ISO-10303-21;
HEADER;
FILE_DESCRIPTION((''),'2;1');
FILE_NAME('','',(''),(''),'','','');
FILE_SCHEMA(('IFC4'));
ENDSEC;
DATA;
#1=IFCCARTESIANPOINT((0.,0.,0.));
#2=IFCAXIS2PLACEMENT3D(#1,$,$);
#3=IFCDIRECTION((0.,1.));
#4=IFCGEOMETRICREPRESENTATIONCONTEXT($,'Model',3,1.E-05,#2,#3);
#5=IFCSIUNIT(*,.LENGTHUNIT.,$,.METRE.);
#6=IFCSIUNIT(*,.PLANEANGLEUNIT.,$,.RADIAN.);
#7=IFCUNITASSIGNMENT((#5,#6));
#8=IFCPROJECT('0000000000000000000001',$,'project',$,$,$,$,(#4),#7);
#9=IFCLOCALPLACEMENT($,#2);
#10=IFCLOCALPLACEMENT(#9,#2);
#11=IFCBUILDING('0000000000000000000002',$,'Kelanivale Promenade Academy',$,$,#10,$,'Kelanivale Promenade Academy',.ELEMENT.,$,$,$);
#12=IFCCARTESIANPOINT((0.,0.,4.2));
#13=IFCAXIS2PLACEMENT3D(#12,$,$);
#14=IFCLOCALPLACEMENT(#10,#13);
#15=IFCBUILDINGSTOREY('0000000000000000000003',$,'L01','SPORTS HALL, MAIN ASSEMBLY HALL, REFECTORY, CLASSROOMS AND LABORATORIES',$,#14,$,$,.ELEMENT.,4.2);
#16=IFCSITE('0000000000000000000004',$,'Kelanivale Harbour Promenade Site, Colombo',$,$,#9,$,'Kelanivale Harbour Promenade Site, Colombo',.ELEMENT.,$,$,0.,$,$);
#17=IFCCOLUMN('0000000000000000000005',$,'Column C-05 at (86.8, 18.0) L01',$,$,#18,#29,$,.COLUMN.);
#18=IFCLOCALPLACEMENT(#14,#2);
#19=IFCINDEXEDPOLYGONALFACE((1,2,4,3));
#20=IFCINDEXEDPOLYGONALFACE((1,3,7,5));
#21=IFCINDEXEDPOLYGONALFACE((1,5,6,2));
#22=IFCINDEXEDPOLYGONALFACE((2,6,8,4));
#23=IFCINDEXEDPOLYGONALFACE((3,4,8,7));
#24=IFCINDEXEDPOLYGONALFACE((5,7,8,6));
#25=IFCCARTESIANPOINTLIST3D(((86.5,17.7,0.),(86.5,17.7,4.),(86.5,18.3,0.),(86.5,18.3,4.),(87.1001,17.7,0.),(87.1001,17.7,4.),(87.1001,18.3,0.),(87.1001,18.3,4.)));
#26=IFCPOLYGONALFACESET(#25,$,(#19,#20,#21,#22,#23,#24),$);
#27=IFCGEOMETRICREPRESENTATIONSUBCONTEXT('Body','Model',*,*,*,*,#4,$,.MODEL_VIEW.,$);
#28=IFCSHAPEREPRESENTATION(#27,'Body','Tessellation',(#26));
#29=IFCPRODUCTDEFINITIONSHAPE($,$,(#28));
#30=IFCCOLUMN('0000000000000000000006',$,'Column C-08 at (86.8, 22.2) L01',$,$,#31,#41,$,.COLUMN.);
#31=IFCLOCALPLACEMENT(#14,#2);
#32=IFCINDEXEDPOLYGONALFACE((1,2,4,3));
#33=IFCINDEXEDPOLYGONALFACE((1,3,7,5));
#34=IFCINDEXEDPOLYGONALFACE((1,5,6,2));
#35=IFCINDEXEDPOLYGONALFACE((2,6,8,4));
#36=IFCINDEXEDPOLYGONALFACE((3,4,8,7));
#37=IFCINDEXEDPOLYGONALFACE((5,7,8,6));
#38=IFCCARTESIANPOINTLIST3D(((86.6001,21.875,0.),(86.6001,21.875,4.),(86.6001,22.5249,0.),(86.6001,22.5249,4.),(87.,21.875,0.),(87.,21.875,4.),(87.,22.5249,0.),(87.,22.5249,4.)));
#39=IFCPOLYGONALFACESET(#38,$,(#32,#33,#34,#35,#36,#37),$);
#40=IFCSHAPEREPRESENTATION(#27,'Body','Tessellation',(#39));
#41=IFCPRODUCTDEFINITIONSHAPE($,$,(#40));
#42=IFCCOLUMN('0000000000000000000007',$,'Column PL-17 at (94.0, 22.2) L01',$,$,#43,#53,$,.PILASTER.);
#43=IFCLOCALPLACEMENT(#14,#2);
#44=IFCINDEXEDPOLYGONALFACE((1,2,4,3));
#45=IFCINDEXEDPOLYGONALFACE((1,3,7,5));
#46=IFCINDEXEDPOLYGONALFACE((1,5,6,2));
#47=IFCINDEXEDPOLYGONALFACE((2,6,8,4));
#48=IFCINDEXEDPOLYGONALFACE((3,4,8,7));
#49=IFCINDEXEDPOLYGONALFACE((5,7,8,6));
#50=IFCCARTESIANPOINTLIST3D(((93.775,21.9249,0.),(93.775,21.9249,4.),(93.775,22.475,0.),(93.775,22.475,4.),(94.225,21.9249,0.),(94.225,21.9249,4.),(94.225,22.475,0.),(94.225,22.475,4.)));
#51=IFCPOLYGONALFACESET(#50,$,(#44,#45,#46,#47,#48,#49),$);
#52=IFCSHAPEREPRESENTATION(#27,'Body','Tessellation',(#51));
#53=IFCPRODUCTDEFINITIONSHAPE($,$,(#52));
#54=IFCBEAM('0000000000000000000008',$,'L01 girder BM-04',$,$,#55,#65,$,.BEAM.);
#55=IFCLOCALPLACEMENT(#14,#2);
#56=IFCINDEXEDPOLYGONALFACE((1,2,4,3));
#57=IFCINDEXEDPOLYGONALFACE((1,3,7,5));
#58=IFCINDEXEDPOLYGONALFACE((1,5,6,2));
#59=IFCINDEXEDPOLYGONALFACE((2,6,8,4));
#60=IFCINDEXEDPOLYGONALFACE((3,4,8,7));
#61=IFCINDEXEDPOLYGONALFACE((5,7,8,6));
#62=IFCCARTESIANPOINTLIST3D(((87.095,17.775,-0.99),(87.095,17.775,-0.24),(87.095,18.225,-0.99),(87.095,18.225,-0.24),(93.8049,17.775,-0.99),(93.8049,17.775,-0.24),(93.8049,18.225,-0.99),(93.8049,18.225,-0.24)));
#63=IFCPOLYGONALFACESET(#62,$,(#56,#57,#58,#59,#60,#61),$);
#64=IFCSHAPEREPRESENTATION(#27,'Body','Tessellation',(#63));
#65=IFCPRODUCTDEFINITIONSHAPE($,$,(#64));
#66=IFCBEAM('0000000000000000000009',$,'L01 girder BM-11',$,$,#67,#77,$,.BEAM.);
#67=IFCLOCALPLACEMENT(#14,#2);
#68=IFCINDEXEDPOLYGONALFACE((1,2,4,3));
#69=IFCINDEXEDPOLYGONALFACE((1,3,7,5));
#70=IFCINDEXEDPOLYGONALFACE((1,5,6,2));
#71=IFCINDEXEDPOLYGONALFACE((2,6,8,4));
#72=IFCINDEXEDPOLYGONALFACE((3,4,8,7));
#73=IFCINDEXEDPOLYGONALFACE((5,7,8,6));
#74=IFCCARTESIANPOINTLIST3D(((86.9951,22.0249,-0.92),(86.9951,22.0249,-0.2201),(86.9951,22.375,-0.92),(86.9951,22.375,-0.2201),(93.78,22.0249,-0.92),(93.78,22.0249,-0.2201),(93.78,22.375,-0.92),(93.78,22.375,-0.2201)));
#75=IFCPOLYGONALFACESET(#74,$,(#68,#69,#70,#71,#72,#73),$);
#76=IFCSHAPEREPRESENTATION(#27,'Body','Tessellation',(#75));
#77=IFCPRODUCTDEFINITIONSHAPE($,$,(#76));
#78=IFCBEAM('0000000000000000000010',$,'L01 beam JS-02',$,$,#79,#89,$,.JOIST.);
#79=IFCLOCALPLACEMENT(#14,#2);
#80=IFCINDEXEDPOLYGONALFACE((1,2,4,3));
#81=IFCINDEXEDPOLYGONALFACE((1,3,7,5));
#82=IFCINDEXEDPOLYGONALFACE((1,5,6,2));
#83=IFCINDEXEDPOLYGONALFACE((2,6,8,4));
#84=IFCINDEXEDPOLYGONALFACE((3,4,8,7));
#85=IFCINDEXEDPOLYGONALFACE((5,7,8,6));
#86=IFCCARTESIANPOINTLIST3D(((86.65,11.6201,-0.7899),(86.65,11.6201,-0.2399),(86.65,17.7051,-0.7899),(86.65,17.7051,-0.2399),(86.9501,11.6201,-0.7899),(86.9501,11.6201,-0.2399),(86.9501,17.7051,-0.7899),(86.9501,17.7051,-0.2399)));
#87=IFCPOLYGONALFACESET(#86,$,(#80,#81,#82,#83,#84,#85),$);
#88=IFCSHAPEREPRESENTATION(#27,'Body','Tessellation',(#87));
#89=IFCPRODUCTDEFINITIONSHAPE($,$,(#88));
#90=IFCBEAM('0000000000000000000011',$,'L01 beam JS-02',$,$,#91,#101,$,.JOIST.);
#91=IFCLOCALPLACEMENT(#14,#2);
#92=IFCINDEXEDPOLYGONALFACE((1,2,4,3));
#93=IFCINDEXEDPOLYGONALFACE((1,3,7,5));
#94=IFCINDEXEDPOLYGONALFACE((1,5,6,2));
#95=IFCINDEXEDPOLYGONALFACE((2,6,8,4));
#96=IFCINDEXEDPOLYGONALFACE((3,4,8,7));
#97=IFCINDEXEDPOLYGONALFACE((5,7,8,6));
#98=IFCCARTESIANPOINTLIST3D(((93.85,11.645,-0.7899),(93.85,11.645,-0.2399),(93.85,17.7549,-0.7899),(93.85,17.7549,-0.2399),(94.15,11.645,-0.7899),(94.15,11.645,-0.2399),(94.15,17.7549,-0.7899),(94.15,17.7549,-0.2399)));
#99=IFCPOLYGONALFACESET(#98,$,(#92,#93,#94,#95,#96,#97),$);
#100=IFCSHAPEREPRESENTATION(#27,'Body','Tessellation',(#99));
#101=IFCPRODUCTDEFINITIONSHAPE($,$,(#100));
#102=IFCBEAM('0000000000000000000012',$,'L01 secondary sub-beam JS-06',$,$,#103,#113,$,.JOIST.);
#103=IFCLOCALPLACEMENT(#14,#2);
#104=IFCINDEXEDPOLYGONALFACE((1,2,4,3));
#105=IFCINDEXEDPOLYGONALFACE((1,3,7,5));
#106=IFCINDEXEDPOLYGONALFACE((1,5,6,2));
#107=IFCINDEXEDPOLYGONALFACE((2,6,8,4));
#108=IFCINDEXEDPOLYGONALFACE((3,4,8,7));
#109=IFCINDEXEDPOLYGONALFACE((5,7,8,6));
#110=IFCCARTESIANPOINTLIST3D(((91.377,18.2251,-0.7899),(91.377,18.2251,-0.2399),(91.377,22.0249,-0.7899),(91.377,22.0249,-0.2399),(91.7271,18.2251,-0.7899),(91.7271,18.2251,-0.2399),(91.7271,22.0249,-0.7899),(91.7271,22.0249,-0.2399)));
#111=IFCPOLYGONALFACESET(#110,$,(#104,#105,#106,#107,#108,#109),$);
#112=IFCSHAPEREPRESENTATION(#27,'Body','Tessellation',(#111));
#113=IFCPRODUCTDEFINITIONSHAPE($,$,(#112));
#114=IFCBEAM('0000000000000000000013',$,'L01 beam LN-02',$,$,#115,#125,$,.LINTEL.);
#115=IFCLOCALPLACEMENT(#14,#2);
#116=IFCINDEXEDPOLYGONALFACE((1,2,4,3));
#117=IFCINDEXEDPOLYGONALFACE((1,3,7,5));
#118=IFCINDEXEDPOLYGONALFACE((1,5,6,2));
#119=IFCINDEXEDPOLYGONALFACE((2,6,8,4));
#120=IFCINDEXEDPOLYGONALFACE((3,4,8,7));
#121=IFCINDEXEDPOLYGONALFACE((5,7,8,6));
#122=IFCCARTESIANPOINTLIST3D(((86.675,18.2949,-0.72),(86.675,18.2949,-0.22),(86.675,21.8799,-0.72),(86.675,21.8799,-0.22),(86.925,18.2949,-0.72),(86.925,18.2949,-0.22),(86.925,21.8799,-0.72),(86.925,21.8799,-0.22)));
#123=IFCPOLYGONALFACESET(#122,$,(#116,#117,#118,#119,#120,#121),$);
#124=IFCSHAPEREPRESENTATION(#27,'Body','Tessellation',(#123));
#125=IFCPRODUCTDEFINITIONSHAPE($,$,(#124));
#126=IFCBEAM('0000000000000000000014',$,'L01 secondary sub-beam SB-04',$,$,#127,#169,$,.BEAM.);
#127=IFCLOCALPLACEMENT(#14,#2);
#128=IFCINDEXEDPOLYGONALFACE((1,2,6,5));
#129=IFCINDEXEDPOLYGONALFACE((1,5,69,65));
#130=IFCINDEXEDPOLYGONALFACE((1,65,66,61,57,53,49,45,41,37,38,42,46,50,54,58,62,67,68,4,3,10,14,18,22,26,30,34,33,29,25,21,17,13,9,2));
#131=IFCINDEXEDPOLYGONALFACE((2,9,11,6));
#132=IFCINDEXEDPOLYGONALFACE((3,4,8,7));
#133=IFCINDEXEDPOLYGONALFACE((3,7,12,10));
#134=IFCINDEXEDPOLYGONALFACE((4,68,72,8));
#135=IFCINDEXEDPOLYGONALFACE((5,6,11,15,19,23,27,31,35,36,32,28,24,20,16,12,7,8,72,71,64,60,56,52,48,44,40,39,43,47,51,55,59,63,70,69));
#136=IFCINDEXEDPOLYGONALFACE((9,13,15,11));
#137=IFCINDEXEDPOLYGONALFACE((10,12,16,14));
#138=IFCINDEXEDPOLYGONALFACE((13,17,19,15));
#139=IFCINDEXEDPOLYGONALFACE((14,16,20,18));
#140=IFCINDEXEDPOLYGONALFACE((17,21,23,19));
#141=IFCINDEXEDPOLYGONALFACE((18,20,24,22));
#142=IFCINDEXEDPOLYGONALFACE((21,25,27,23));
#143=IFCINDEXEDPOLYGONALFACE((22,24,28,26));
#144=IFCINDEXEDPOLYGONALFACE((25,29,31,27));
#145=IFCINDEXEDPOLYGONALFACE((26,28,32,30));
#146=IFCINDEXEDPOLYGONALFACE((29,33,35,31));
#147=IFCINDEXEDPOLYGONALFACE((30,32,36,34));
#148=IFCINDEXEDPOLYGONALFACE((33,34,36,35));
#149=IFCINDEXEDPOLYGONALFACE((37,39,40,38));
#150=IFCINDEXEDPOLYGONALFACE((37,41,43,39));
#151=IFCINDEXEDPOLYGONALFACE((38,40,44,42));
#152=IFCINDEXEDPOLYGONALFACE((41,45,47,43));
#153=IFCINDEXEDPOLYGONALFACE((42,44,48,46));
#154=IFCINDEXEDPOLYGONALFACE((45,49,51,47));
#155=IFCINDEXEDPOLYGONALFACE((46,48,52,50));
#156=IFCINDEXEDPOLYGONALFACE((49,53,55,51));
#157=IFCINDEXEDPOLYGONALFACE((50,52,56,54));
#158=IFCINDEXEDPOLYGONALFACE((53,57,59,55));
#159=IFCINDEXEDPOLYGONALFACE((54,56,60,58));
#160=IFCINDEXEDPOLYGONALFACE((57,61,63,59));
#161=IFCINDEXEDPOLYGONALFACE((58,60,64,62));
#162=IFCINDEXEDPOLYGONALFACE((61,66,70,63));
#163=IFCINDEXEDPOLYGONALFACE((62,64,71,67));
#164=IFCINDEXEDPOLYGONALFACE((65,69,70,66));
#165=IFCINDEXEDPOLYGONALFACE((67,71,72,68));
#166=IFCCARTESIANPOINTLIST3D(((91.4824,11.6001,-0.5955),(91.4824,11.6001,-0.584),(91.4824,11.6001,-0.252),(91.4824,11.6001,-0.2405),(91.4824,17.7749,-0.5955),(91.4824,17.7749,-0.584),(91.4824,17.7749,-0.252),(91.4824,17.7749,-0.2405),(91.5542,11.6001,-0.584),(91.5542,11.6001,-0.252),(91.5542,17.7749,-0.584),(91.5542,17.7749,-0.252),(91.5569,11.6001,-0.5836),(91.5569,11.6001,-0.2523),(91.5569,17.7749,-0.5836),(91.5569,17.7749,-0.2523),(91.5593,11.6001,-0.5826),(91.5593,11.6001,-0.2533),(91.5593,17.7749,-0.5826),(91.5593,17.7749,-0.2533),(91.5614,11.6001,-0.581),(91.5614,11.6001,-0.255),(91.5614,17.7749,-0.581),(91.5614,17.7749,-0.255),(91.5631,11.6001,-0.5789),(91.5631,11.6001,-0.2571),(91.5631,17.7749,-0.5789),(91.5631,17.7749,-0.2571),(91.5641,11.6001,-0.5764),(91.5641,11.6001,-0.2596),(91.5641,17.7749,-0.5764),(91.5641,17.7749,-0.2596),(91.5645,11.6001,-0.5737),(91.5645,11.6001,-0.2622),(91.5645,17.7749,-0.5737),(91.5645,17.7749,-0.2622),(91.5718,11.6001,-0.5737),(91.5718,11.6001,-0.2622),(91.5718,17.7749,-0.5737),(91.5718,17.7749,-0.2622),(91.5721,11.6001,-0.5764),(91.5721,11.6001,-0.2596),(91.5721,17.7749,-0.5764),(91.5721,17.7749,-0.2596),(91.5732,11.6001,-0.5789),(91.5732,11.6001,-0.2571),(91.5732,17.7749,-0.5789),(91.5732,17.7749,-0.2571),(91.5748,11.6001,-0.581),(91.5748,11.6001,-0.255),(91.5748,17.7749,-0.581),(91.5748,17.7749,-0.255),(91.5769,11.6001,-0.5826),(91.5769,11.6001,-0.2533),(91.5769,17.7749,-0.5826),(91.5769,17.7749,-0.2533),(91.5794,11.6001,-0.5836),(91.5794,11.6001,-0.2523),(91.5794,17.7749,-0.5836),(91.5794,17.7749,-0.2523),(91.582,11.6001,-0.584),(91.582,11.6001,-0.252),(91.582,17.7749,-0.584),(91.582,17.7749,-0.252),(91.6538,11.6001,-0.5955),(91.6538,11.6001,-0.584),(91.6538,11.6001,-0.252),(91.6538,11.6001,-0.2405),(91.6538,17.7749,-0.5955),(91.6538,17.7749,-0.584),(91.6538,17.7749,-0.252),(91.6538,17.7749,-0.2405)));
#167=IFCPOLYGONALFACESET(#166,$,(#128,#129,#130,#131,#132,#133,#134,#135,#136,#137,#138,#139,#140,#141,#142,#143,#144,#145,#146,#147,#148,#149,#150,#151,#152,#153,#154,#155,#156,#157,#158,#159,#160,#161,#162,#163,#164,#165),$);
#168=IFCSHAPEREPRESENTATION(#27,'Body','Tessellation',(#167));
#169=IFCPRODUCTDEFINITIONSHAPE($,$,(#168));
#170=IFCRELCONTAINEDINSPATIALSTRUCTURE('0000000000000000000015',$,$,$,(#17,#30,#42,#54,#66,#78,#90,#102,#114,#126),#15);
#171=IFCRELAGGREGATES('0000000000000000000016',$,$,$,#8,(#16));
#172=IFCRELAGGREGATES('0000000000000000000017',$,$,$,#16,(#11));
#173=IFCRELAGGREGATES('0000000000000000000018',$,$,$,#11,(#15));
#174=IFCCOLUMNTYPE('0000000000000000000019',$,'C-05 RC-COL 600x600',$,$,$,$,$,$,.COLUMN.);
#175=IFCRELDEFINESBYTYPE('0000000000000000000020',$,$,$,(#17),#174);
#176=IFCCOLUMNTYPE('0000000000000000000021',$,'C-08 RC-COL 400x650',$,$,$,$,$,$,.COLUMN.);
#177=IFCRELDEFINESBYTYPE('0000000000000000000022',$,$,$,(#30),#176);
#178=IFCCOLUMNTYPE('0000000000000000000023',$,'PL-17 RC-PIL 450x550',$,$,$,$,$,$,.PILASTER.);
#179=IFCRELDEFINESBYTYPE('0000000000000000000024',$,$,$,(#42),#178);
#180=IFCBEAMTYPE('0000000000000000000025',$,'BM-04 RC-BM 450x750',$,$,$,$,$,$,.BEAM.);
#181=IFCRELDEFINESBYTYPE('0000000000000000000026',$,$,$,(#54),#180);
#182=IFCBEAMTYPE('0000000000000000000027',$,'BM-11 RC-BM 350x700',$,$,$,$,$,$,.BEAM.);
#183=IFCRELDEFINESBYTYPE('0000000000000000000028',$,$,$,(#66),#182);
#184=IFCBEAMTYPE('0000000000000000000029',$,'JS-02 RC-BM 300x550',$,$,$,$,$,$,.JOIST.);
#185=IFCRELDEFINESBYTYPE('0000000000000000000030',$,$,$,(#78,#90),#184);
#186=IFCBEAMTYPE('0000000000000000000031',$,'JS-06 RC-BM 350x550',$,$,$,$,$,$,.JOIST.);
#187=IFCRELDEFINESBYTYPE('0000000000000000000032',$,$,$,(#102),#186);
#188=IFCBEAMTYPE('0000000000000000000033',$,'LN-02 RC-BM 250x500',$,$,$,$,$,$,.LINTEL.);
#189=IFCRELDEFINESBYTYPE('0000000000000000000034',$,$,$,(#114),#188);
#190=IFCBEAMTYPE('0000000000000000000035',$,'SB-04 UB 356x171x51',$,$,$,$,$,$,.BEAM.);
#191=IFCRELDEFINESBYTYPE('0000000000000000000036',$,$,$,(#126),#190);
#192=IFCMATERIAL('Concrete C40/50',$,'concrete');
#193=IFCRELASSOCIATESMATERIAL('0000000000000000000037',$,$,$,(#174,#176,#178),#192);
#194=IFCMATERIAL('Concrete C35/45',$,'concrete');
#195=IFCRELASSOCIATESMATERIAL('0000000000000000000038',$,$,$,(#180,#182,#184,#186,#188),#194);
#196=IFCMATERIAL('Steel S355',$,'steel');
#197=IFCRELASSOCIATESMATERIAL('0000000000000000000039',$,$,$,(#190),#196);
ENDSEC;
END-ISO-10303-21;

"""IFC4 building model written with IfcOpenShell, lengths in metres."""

from ifc_helpers import new_model, si_unit, direction, frame, origin, origin_2d, place, context, subcontext, project, spatial, rectangle, i_section, extrude, material, material_profile, profile_set, type_object, element, save


model = new_model("IFC4")

# Units and contexts
model_context = context("Model", 3, precision=1e-05, world=origin(), true_north=direction((0.0, 1.0)))
body_context = subcontext(model_context, "Body", "Model", "MODEL_VIEW")
ifc_project = project(units=[si_unit("LENGTHUNIT", "METRE"), si_unit("PLANEANGLEUNIT", "RADIAN")], contexts=[model_context])

# Site, building, storey
site_placement = place(None, origin())
site = spatial("IfcSite", under=ifc_project, at=site_placement, Name="Kelanivale Harbour Promenade Site, Colombo", LongName="Kelanivale Harbour Promenade Site, Colombo", CompositionType="ELEMENT", RefElevation=0.0)
building_placement = place(site_placement, origin())
building = spatial("IfcBuilding", under=site, at=building_placement, Name="Kelanivale Promenade Academy", LongName="Kelanivale Promenade Academy", CompositionType="ELEMENT")
storey_placement = place(building_placement, frame((0.0, 0.0, 4.2)))
storey = spatial("IfcBuildingStorey", under=building, at=storey_placement, Name="L01", Description="SPORTS HALL, MAIN ASSEMBLY HALL, REFECTORY, CLASSROOMS AND LABORATORIES", CompositionType="ELEMENT", Elevation=4.2)

# Columns
ifc_material_1 = material(Name="Concrete C40/50", Category="concrete")
ifc_material_profile_1 = material_profile(ifc_material_1, rectangle(XDim=0.6001, YDim=0.6001, at=origin_2d()), Name="RC-COL 600x600")
ifc_profile_set_1 = profile_set([ifc_material_profile_1], Name="Concrete C40/50")
column_type_1 = type_object("IfcColumnType", Name="C-05 RC-COL 600x600", PredefinedType="COLUMN", material=ifc_profile_set_1)
column_1_placement = place(storey_placement, frame((86.8, 18.0, 0.0), z_axis=(0.0, 0.0, 1.0), x_axis=(1.0, 0.0, 0.0)))
element("IfcColumn", 1, at=column_1_placement, inside=storey, type_object=column_type_1, Name="Column C-05 at (86.8, 18.0) L01", PredefinedType="COLUMN", context=body_context, shape_type="SweptSolid", body=[
    extrude(rectangle(XDim=0.6001, YDim=0.6001, at=origin_2d()), origin(), (0.0, 0.0, 1.0), 4.0),
])
ifc_material_profile_2 = material_profile(ifc_material_1, rectangle(XDim=0.3999, YDim=0.6499, at=origin_2d()), Name="RC-COL 400x650")
ifc_profile_set_2 = profile_set([ifc_material_profile_2], Name="Concrete C40/50")
column_type_2 = type_object("IfcColumnType", Name="C-08 RC-COL 400x650", PredefinedType="COLUMN", material=ifc_profile_set_2)
column_2_placement = place(storey_placement, frame((86.8, 22.2, 0.0), z_axis=(0.0, 0.0, 1.0), x_axis=(1.0, 0.0, 0.0)))
element("IfcColumn", 2, at=column_2_placement, inside=storey, type_object=column_type_2, Name="Column C-08 at (86.8, 22.2) L01", PredefinedType="COLUMN", context=body_context, shape_type="SweptSolid", body=[
    extrude(rectangle(XDim=0.3999, YDim=0.6499, at=origin_2d()), origin(), (0.0, 0.0, 1.0), 4.0),
])
ifc_material_profile_3 = material_profile(ifc_material_1, rectangle(XDim=0.45, YDim=0.55, at=origin_2d()), Name="RC-PIL 450x550")
ifc_profile_set_3 = profile_set([ifc_material_profile_3], Name="Concrete C40/50")
column_type_3 = type_object("IfcColumnType", Name="PL-17 RC-PIL 450x550", PredefinedType="PILASTER", material=ifc_profile_set_3)
column_3_placement = place(storey_placement, frame((94.0, 22.2, 0.0), z_axis=(0.0, 0.0, 1.0), x_axis=(1.0, 0.0, 0.0)))
element("IfcColumn", 3, at=column_3_placement, inside=storey, type_object=column_type_3, Name="Column PL-17 at (94.0, 22.2) L01", PredefinedType="PILASTER", context=body_context, shape_type="SweptSolid", body=[
    extrude(rectangle(XDim=0.45, YDim=0.55, at=origin_2d()), origin(), (0.0, 0.0, 1.0), 4.0),
])

# Beams
ifc_material_2 = material(Name="Concrete C35/45", Category="concrete")
ifc_material_profile_4 = material_profile(ifc_material_2, rectangle(XDim=0.45, YDim=0.75, at=origin_2d()), Name="RC-BM 450x750")
ifc_profile_set_4 = profile_set([ifc_material_profile_4], Name="Concrete C35/45")
beam_type_1 = type_object("IfcBeamType", Name="BM-04 RC-BM 450x750", PredefinedType="BEAM", material=ifc_profile_set_4)
beam_1_placement = place(storey_placement, frame((87.095, 18.0, -0.615), z_axis=(1.0, 0.0, 0.0), x_axis=(0.0, 1.0, 0.0)))
element("IfcBeam", 4, at=beam_1_placement, inside=storey, type_object=beam_type_1, Name="L01 girder BM-04", PredefinedType="BEAM", context=body_context, shape_type="SweptSolid", body=[
    extrude(rectangle(XDim=0.45, YDim=0.75, at=origin_2d()), origin(), (0.0, 0.0, 1.0), 6.71),
])
ifc_material_profile_5 = material_profile(ifc_material_2, rectangle(XDim=0.3501, YDim=0.7, at=origin_2d()), Name="RC-BM 350x700")
ifc_profile_set_5 = profile_set([ifc_material_profile_5], Name="Concrete C35/45")
beam_type_2 = type_object("IfcBeamType", Name="BM-11 RC-BM 350x700", PredefinedType="BEAM", material=ifc_profile_set_5)
beam_2_placement = place(storey_placement, frame((86.9951, 22.2, -0.5701), z_axis=(1.0, 0.0, 0.0), x_axis=(0.0, 1.0, 0.0)))
element("IfcBeam", 5, at=beam_2_placement, inside=storey, type_object=beam_type_2, Name="L01 girder BM-11", PredefinedType="BEAM", context=body_context, shape_type="SweptSolid", body=[
    extrude(rectangle(XDim=0.3501, YDim=0.7, at=origin_2d()), origin(), (0.0, 0.0, 1.0), 6.7849),
])
ifc_material_profile_6 = material_profile(ifc_material_2, rectangle(XDim=0.3, YDim=0.55, at=origin_2d()), Name="RC-BM 300x550")
ifc_profile_set_6 = profile_set([ifc_material_profile_6], Name="Concrete C35/45")
beam_type_3 = type_object("IfcBeamType", Name="JS-02 RC-BM 300x550", PredefinedType="JOIST", material=ifc_profile_set_6)
beam_3_placement = place(storey_placement, frame((86.8, 11.6201, -0.5149), z_axis=(0.0, 1.0, 0.0), x_axis=(-1.0, 0.0, 0.0)))
element("IfcBeam", 6, at=beam_3_placement, inside=storey, type_object=beam_type_3, Name="L01 beam JS-02", PredefinedType="JOIST", context=body_context, shape_type="SweptSolid", body=[
    extrude(rectangle(XDim=0.3, YDim=0.55, at=origin_2d()), origin(), (0.0, 0.0, 1.0), 6.085),
])
beam_4_placement = place(storey_placement, frame((94.0, 11.645, -0.5149), z_axis=(0.0, 1.0, 0.0), x_axis=(-1.0, 0.0, 0.0)))
element("IfcBeam", 7, at=beam_4_placement, inside=storey, type_object=beam_type_3, Name="L01 beam JS-02", PredefinedType="JOIST", context=body_context, shape_type="SweptSolid", body=[
    extrude(rectangle(XDim=0.3, YDim=0.55, at=origin_2d()), origin(), (0.0, 0.0, 1.0), 6.1099),
])
ifc_material_profile_7 = material_profile(ifc_material_2, rectangle(XDim=0.3501, YDim=0.55, at=origin_2d()), Name="RC-BM 350x550")
ifc_profile_set_7 = profile_set([ifc_material_profile_7], Name="Concrete C35/45")
beam_type_4 = type_object("IfcBeamType", Name="JS-06 RC-BM 350x550", PredefinedType="JOIST", material=ifc_profile_set_7)
beam_5_placement = place(storey_placement, frame((91.552, 18.2251, -0.5149), z_axis=(0.0, 1.0, 0.0), x_axis=(-1.0, 0.0, 0.0)))
element("IfcBeam", 8, at=beam_5_placement, inside=storey, type_object=beam_type_4, Name="L01 secondary sub-beam JS-06", PredefinedType="JOIST", context=body_context, shape_type="SweptSolid", body=[
    extrude(rectangle(XDim=0.3501, YDim=0.55, at=origin_2d()), origin(), (0.0, 0.0, 1.0), 3.7998),
])
ifc_material_profile_8 = material_profile(ifc_material_2, rectangle(XDim=0.25, YDim=0.5, at=origin_2d()), Name="RC-BM 250x500")
ifc_profile_set_8 = profile_set([ifc_material_profile_8], Name="Concrete C35/45")
beam_type_5 = type_object("IfcBeamType", Name="LN-02 RC-BM 250x500", PredefinedType="LINTEL", material=ifc_profile_set_8)
beam_6_placement = place(storey_placement, frame((86.8, 18.2949, -0.47), z_axis=(0.0, 1.0, 0.0), x_axis=(-1.0, 0.0, 0.0)))
element("IfcBeam", 9, at=beam_6_placement, inside=storey, type_object=beam_type_5, Name="L01 beam LN-02", PredefinedType="LINTEL", context=body_context, shape_type="SweptSolid", body=[
    extrude(rectangle(XDim=0.25, YDim=0.5, at=origin_2d()), origin(), (0.0, 0.0, 1.0), 3.585),
])
ifc_material_3 = material(Name="Steel S355", Category="steel")
ifc_material_profile_9 = material_profile(ifc_material_3, i_section(OverallWidth=0.1714, OverallDepth=0.355, WebThickness=0.0073, FlangeThickness=0.0115, FilletRadius=0.0103, at=origin_2d()), Name="UB 356x171x51")
ifc_profile_set_9 = profile_set([ifc_material_profile_9], Name="Steel S355")
beam_type_6 = type_object("IfcBeamType", Name="SB-04 UB 356x171x51", PredefinedType="BEAM", material=ifc_profile_set_9)
beam_7_placement = place(storey_placement, frame((91.5681, 11.6001, -0.418), z_axis=(0.0, 1.0, 0.0), x_axis=(-1.0, 0.0, 0.0)))
element("IfcBeam", 10, at=beam_7_placement, inside=storey, type_object=beam_type_6, Name="L01 secondary sub-beam SB-04", PredefinedType="BEAM", context=body_context, shape_type="SweptSolid", body=[
    extrude(i_section(OverallWidth=0.1714, OverallDepth=0.355, WebThickness=0.0073, FlangeThickness=0.0115, FilletRadius=0.0103, at=origin_2d()), origin(), (0.0, 0.0, 1.0), 6.1748),
])

save(model, "model.ifc")
